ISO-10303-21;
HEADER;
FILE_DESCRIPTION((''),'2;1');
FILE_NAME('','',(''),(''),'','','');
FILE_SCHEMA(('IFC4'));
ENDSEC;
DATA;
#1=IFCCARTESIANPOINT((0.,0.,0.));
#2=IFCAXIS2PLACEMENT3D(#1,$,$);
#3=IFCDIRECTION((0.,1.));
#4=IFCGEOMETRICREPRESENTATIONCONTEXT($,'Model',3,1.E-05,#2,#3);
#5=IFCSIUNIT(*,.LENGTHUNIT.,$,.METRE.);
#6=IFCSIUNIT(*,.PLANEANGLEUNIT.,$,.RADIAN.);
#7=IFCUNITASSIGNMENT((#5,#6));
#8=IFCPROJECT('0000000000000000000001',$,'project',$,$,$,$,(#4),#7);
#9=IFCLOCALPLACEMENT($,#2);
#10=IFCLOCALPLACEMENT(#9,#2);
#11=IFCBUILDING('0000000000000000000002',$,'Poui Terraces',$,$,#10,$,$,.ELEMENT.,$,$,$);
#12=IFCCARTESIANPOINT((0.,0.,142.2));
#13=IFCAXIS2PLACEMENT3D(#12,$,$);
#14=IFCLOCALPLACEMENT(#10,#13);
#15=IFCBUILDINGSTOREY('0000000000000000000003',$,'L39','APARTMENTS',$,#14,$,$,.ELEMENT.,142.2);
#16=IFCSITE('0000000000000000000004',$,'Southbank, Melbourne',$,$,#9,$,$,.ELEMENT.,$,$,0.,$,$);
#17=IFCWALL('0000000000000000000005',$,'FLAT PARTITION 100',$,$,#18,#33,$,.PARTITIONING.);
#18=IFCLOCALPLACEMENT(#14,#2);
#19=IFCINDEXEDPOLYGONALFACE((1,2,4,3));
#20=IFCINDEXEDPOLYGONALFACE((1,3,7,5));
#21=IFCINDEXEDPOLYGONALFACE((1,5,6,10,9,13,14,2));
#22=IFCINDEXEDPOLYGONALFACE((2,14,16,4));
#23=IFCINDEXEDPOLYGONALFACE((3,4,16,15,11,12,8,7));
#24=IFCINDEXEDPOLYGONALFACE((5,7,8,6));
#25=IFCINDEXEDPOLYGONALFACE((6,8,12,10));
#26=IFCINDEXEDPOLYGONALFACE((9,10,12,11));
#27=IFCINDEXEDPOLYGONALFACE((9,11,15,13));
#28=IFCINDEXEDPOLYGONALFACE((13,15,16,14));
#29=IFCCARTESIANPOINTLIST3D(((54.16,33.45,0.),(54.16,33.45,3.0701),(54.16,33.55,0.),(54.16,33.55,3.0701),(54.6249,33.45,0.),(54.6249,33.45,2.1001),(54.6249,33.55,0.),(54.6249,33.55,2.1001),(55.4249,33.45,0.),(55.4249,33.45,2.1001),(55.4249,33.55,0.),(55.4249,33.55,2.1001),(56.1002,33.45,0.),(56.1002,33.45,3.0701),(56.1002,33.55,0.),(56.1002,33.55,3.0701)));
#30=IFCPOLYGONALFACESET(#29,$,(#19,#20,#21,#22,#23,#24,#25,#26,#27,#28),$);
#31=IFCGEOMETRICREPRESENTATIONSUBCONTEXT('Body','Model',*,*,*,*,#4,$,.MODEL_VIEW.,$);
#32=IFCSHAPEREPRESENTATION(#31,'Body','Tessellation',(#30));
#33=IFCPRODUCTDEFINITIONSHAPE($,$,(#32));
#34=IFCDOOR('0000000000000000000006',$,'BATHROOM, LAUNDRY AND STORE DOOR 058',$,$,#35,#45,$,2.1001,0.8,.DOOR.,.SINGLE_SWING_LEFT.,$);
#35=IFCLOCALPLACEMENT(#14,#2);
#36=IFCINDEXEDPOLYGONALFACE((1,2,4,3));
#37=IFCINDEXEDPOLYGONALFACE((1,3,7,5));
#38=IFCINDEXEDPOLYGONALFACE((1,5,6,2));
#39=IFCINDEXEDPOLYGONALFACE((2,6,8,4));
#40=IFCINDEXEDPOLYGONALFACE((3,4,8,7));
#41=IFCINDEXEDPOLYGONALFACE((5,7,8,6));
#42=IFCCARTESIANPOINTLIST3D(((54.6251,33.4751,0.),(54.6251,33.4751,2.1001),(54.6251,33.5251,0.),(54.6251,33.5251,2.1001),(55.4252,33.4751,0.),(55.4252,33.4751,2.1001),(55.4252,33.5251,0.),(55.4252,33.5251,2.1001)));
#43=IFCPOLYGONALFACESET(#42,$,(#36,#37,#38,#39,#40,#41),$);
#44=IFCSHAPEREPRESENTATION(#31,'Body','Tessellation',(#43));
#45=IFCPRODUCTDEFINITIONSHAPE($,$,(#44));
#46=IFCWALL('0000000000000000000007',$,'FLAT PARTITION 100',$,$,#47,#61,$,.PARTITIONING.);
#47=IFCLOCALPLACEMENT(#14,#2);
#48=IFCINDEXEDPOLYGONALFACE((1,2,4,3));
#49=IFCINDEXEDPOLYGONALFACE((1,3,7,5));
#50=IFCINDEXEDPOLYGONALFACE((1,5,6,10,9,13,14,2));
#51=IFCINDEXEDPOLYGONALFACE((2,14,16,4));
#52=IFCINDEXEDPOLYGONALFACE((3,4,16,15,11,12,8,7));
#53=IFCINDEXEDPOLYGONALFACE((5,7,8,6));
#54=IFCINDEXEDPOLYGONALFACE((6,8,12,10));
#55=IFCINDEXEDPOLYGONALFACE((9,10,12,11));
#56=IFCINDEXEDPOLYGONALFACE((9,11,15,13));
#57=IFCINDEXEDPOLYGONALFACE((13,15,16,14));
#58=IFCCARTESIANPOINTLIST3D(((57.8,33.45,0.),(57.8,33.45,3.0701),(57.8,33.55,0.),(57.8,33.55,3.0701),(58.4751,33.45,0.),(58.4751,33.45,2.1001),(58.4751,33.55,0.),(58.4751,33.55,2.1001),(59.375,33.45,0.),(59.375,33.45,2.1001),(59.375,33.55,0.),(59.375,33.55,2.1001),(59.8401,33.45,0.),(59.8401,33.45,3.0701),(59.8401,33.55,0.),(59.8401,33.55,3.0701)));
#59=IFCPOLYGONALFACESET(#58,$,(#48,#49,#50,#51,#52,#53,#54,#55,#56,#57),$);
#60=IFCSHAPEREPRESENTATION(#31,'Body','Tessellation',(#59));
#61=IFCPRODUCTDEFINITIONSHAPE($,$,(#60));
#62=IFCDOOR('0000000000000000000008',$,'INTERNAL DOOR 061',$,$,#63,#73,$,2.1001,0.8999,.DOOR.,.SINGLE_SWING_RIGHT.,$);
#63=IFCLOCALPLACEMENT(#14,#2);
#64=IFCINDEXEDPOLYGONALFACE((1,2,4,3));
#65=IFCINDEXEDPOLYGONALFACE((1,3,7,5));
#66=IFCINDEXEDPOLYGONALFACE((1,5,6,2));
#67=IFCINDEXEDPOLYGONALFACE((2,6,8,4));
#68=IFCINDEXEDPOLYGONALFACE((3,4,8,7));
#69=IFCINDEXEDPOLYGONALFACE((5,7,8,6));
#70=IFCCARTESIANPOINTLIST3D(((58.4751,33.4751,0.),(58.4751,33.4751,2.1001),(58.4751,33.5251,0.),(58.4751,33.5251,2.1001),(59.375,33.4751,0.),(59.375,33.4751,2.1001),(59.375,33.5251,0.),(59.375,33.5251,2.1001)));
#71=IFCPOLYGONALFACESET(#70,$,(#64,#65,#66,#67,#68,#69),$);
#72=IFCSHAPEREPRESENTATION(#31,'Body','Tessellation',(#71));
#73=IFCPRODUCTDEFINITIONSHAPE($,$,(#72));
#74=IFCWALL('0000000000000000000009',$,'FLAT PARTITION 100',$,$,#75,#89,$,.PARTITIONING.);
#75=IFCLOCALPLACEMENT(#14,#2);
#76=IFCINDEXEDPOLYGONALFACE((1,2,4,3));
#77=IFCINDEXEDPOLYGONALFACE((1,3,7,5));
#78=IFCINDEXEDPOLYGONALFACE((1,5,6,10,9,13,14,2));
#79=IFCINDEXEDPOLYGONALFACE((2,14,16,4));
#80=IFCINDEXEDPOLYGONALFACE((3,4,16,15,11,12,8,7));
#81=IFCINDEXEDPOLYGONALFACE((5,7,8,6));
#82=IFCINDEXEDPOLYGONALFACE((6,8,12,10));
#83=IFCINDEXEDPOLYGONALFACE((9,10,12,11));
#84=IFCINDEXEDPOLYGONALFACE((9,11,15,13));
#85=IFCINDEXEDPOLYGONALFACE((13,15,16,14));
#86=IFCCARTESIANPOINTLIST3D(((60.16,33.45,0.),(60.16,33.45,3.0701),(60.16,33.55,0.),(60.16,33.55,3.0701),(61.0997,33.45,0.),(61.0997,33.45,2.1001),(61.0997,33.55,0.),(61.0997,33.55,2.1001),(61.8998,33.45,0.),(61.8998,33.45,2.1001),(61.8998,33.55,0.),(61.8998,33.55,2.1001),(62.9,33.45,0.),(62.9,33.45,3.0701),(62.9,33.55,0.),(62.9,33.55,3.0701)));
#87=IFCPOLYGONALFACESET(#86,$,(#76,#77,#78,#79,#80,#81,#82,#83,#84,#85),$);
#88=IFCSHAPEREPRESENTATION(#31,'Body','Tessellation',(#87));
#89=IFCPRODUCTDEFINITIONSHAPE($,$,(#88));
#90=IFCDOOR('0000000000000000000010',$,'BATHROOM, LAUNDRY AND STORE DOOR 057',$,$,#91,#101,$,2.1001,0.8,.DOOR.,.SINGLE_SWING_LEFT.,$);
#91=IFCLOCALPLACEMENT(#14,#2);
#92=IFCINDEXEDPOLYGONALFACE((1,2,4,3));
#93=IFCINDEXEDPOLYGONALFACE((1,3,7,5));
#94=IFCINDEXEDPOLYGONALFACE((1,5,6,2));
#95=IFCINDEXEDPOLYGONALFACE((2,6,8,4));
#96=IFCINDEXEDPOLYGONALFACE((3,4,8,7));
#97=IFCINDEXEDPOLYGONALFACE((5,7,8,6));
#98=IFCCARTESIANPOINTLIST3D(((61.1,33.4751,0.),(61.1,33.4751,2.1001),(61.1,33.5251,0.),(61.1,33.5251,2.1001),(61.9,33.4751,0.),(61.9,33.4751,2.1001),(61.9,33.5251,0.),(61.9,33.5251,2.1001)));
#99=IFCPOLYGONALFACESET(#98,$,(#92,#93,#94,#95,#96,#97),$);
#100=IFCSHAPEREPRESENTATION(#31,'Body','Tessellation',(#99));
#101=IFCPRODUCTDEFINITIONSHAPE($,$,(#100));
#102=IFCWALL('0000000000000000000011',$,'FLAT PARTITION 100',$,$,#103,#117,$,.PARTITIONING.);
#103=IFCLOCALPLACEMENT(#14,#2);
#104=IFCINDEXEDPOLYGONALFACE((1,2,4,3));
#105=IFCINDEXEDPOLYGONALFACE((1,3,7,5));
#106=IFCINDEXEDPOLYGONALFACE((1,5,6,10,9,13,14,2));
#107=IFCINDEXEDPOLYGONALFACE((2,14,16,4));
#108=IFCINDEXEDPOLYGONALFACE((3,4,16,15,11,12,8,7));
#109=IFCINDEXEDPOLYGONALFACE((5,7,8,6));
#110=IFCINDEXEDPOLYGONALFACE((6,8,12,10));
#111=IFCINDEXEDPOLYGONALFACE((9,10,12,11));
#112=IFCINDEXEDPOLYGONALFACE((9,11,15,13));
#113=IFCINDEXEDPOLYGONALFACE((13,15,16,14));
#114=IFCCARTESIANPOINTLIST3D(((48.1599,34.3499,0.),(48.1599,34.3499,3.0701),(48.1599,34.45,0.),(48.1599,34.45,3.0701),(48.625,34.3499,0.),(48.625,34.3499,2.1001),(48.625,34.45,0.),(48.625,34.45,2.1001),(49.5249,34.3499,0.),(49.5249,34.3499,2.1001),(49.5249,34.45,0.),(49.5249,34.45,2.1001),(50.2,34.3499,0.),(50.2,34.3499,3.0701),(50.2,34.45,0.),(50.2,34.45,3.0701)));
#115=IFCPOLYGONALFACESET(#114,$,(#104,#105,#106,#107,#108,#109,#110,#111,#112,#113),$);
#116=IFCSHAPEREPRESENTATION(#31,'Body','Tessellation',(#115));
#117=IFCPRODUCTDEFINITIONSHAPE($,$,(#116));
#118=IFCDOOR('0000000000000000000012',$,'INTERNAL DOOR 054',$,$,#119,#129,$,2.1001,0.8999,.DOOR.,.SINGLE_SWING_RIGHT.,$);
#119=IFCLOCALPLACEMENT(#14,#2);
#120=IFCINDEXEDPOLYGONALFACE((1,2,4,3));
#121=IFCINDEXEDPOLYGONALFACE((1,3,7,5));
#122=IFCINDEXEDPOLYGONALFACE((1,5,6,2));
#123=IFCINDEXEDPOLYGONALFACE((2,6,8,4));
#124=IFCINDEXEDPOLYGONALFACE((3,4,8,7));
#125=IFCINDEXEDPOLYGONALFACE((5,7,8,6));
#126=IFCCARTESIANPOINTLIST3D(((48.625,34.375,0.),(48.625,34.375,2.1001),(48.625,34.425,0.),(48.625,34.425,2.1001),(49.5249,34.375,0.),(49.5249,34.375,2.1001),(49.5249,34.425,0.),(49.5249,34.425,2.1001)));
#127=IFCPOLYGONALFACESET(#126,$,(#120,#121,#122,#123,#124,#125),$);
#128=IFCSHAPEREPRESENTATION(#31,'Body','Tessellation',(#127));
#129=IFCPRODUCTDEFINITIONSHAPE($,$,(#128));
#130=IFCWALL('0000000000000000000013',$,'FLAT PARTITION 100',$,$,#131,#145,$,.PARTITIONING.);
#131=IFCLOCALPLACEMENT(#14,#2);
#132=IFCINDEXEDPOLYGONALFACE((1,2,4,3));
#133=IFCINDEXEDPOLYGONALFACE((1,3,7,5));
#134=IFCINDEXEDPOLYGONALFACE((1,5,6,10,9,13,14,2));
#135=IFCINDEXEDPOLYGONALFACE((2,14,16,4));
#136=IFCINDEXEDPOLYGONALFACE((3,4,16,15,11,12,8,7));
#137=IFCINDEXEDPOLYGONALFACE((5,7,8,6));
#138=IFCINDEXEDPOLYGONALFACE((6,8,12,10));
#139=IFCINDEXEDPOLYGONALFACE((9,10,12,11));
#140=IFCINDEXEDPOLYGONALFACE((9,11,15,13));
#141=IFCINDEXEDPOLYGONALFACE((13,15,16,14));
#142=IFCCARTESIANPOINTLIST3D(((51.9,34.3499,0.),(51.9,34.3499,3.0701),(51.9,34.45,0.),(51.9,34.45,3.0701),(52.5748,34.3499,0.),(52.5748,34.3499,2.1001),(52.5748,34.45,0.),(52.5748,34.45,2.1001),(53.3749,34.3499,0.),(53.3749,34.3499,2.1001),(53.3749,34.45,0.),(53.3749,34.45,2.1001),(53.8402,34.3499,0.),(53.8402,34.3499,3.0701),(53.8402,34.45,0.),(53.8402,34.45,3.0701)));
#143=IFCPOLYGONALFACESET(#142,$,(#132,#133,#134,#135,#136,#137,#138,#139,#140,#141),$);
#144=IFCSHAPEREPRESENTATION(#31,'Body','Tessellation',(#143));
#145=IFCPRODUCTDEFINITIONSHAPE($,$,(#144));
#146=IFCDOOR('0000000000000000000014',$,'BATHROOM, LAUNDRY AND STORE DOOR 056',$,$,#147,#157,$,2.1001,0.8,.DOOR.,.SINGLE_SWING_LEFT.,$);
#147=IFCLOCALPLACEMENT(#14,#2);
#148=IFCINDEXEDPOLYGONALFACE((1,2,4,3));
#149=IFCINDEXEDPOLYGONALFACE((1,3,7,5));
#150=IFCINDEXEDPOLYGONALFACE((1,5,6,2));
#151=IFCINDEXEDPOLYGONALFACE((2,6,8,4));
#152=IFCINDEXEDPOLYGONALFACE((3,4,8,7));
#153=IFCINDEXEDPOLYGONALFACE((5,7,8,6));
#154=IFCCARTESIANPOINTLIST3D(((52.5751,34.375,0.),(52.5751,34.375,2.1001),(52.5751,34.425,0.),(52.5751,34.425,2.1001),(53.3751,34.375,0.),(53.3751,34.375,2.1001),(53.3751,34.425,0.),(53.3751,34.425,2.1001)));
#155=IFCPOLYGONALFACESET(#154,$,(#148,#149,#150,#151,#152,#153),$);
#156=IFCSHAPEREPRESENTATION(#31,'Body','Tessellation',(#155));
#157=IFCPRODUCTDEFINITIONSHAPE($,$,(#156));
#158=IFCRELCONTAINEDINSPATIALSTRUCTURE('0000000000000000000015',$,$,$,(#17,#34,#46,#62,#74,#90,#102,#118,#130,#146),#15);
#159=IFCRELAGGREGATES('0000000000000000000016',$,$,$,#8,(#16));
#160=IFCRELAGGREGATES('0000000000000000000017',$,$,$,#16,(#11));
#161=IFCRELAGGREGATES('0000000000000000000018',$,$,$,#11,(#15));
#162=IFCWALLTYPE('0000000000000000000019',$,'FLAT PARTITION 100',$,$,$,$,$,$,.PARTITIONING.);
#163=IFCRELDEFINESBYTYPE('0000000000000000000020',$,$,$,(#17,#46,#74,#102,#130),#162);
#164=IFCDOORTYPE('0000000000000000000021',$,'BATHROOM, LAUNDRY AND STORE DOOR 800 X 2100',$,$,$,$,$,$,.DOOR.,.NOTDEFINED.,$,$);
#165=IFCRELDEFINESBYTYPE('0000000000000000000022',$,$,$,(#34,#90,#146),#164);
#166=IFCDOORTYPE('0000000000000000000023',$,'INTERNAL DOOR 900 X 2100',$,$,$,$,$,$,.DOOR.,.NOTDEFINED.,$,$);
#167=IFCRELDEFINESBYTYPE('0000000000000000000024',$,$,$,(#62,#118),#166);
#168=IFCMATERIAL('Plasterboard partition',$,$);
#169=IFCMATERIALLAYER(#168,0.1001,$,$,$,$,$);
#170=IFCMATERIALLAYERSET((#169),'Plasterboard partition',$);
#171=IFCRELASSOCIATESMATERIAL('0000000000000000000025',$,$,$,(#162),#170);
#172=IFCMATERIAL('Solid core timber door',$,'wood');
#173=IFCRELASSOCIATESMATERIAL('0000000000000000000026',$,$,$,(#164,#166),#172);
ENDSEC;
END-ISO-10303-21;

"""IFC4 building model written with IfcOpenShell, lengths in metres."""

from ifc_helpers import new_model, si_unit, direction, frame, frame_2d, origin, place, context, subcontext, project, spatial, rectangle, extrude, material, layer, layer_set, type_object, element, fill, save


model = new_model("IFC4")

# Units and contexts
model_context = context("Model", 3, precision=1e-05, world=origin(), true_north=direction((0.0, 1.0)))
body_context = subcontext(model_context, "Body", "Model", "MODEL_VIEW")
ifc_project = project(units=[si_unit("LENGTHUNIT", "METRE"), si_unit("PLANEANGLEUNIT", "RADIAN")], contexts=[model_context])

# Site, building, storey
site_placement = place(None, origin())
site = spatial("IfcSite", under=ifc_project, at=site_placement, Name="Southbank, Melbourne", CompositionType="ELEMENT", RefElevation=0.0)
building_placement = place(site_placement, origin())
building = spatial("IfcBuilding", under=site, at=building_placement, Name="Poui Terraces", CompositionType="ELEMENT")
storey_placement = place(building_placement, frame((0.0, 0.0, 142.2)))
storey = spatial("IfcBuildingStorey", under=building, at=storey_placement, Name="L39", Description="APARTMENTS", CompositionType="ELEMENT", Elevation=142.2)

# Walls, openings, doors
ifc_material_1 = material(Name="Plasterboard partition")
ifc_layer_1 = layer(ifc_material_1, 0.1001)
ifc_layer_set_1 = layer_set([ifc_layer_1], Name="Plasterboard partition")
wall_type_1 = type_object("IfcWallType", Name="FLAT PARTITION 100", PredefinedType="PARTITIONING", material=ifc_layer_set_1)
wall_1_placement = place(storey_placement, frame((54.1599, 33.5, 0.0), z_axis=(0.0, 0.0, 1.0), x_axis=(1.0, 0.0, 0.0)))
wall_1 = element("IfcWall", 1, at=wall_1_placement, inside=storey, type_object=wall_type_1, Name="FLAT PARTITION 100", PredefinedType="PARTITIONING", context=body_context, shape_type="SweptSolid", body=[
    extrude(rectangle(XDim=1.9402, YDim=0.1001, at=frame_2d((0.9702, 0.0))), origin(), (0.0, 0.0, 1.0), 3.0701),
])
opening_1_placement = place(wall_1_placement, frame((0.4651, 0.0, 0.0)))
opening_1 = element("IfcOpeningElement", 2, at=opening_1_placement, cuts=wall_1, PredefinedType="OPENING", context=body_context, shape_type="SweptSolid", body=[
    extrude(rectangle(XDim=0.8, YDim=2.1001, at=frame_2d((0.3999, 1.05))), frame((0.0, 0.0601, 0.0), z_axis=(0.0, -1.0, 0.0), x_axis=(1.0, 0.0, 0.0)), (0.0, 0.0, 1.0), 0.1201),
])
ifc_material_2 = material(Name="Solid core timber door", Category="wood")
door_type_1 = type_object("IfcDoorType", Name="BATHROOM, LAUNDRY AND STORE DOOR 800 X 2100", OperationType="NOTDEFINED", PredefinedType="DOOR", material=ifc_material_2)
door_1_placement = place(opening_1_placement, frame((0.8, 0.0, 0.0), z_axis=(0.0, 0.0, 1.0), x_axis=(-1.0, 0.0, 0.0)))
door_1 = element("IfcDoor", 3, at=door_1_placement, inside=storey, type_object=door_type_1, Name="BATHROOM, LAUNDRY AND STORE DOOR 058", OperationType="SINGLE_SWING_LEFT", OverallHeight=2.1001, OverallWidth=0.8, PredefinedType="DOOR", context=body_context, shape_type="SweptSolid", body=[
    extrude(rectangle(XDim=0.8, YDim=2.1001, at=frame_2d((0.3999, 1.05))), frame((0.0, 0.0249, 0.0), z_axis=(0.0, -1.0, 0.0), x_axis=(1.0, 0.0, 0.0)), (0.0, 0.0, 1.0), 0.05),
])
fill(opening_1, door_1)
wall_2_placement = place(storey_placement, frame((57.8, 33.5, 0.0), z_axis=(0.0, 0.0, 1.0), x_axis=(1.0, 0.0, 0.0)))
wall_2 = element("IfcWall", 4, at=wall_2_placement, inside=storey, type_object=wall_type_1, Name="FLAT PARTITION 100", PredefinedType="PARTITIONING", context=body_context, shape_type="SweptSolid", body=[
    extrude(rectangle(XDim=2.04, YDim=0.1001, at=frame_2d((1.02, 0.0))), origin(), (0.0, 0.0, 1.0), 3.0701),
])
opening_2_placement = place(wall_2_placement, frame((0.675, 0.0, 0.0)))
opening_2 = element("IfcOpeningElement", 5, at=opening_2_placement, cuts=wall_2, PredefinedType="OPENING", context=body_context, shape_type="SweptSolid", body=[
    extrude(rectangle(XDim=0.8999, YDim=2.1001, at=frame_2d((0.45, 1.05))), frame((0.0, 0.0601, 0.0), z_axis=(0.0, -1.0, 0.0), x_axis=(1.0, 0.0, 0.0)), (0.0, 0.0, 1.0), 0.1201),
])
door_type_2 = type_object("IfcDoorType", Name="INTERNAL DOOR 900 X 2100", OperationType="NOTDEFINED", PredefinedType="DOOR", material=ifc_material_2)
door_2_placement = place(opening_2_placement, frame((0.8999, 0.0, 0.0), z_axis=(0.0, 0.0, 1.0), x_axis=(-1.0, 0.0, 0.0)))
door_2 = element("IfcDoor", 6, at=door_2_placement, inside=storey, type_object=door_type_2, Name="INTERNAL DOOR 061", OperationType="SINGLE_SWING_RIGHT", OverallHeight=2.1001, OverallWidth=0.8999, PredefinedType="DOOR", context=body_context, shape_type="SweptSolid", body=[
    extrude(rectangle(XDim=0.8999, YDim=2.1001, at=frame_2d((0.45, 1.05))), frame((0.0, 0.0249, 0.0), z_axis=(0.0, -1.0, 0.0), x_axis=(1.0, 0.0, 0.0)), (0.0, 0.0, 1.0), 0.05),
])
fill(opening_2, door_2)
wall_3_placement = place(storey_placement, frame((60.1599, 33.5, 0.0), z_axis=(0.0, 0.0, 1.0), x_axis=(1.0, 0.0, 0.0)))
wall_3 = element("IfcWall", 7, at=wall_3_placement, inside=storey, type_object=wall_type_1, Name="FLAT PARTITION 100", PredefinedType="PARTITIONING", context=body_context, shape_type="SweptSolid", body=[
    extrude(rectangle(XDim=2.74, YDim=0.1001, at=frame_2d((1.3701, 0.0))), origin(), (0.0, 0.0, 1.0), 3.0701),
])
opening_3_placement = place(wall_3_placement, frame((0.9399, 0.0, 0.0)))
opening_3 = element("IfcOpeningElement", 8, at=opening_3_placement, cuts=wall_3, PredefinedType="OPENING", context=body_context, shape_type="SweptSolid", body=[
    extrude(rectangle(XDim=0.8, YDim=2.1001, at=frame_2d((0.3999, 1.05))), frame((0.0, 0.0601, 0.0), z_axis=(0.0, -1.0, 0.0), x_axis=(1.0, 0.0, 0.0)), (0.0, 0.0, 1.0), 0.1201),
])
door_3_placement = place(opening_3_placement, frame((0.8, 0.0, 0.0), z_axis=(0.0, 0.0, 1.0), x_axis=(-1.0, 0.0, 0.0)))
door_3 = element("IfcDoor", 9, at=door_3_placement, inside=storey, type_object=door_type_1, Name="BATHROOM, LAUNDRY AND STORE DOOR 057", OperationType="SINGLE_SWING_LEFT", OverallHeight=2.1001, OverallWidth=0.8, PredefinedType="DOOR", context=body_context, shape_type="SweptSolid", body=[
    extrude(rectangle(XDim=0.8, YDim=2.1001, at=frame_2d((0.3999, 1.05))), frame((0.0, 0.0249, 0.0), z_axis=(0.0, -1.0, 0.0), x_axis=(1.0, 0.0, 0.0)), (0.0, 0.0, 1.0), 0.05),
])
fill(opening_3, door_3)
wall_4_placement = place(storey_placement, frame((48.1599, 34.3999, 0.0), z_axis=(0.0, 0.0, 1.0), x_axis=(1.0, 0.0, 0.0)))
wall_4 = element("IfcWall", 10, at=wall_4_placement, inside=storey, type_object=wall_type_1, Name="FLAT PARTITION 100", PredefinedType="PARTITIONING", context=body_context, shape_type="SweptSolid", body=[
    extrude(rectangle(XDim=2.04, YDim=0.1001, at=frame_2d((1.02, 0.0))), origin(), (0.0, 0.0, 1.0), 3.0701),
])
opening_4_placement = place(wall_4_placement, frame((0.4651, 0.0, 0.0)))
opening_4 = element("IfcOpeningElement", 11, at=opening_4_placement, cuts=wall_4, PredefinedType="OPENING", context=body_context, shape_type="SweptSolid", body=[
    extrude(rectangle(XDim=0.8999, YDim=2.1001, at=frame_2d((0.45, 1.05))), frame((0.0, 0.0601, 0.0), z_axis=(0.0, -1.0, 0.0), x_axis=(1.0, 0.0, 0.0)), (0.0, 0.0, 1.0), 0.1201),
])
door_4_placement = place(opening_4_placement, frame((0.8999, 0.0, 0.0), z_axis=(0.0, 0.0, 1.0), x_axis=(-1.0, 0.0, 0.0)))
door_4 = element("IfcDoor", 12, at=door_4_placement, inside=storey, type_object=door_type_2, Name="INTERNAL DOOR 054", OperationType="SINGLE_SWING_RIGHT", OverallHeight=2.1001, OverallWidth=0.8999, PredefinedType="DOOR", context=body_context, shape_type="SweptSolid", body=[
    extrude(rectangle(XDim=0.8999, YDim=2.1001, at=frame_2d((0.45, 1.05))), frame((0.0, 0.0249, 0.0), z_axis=(0.0, -1.0, 0.0), x_axis=(1.0, 0.0, 0.0)), (0.0, 0.0, 1.0), 0.05),
])
fill(opening_4, door_4)
wall_5_placement = place(storey_placement, frame((51.8999, 34.3999, 0.0), z_axis=(0.0, 0.0, 1.0), x_axis=(1.0, 0.0, 0.0)))
wall_5 = element("IfcWall", 13, at=wall_5_placement, inside=storey, type_object=wall_type_1, Name="FLAT PARTITION 100", PredefinedType="PARTITIONING", context=body_context, shape_type="SweptSolid", body=[
    extrude(rectangle(XDim=1.9402, YDim=0.1001, at=frame_2d((0.9702, 0.0))), origin(), (0.0, 0.0, 1.0), 3.0701),
])
opening_5_placement = place(wall_5_placement, frame((0.675, 0.0, 0.0)))
opening_5 = element("IfcOpeningElement", 14, at=opening_5_placement, cuts=wall_5, PredefinedType="OPENING", context=body_context, shape_type="SweptSolid", body=[
    extrude(rectangle(XDim=0.8, YDim=2.1001, at=frame_2d((0.3999, 1.05))), frame((0.0, 0.0601, 0.0), z_axis=(0.0, -1.0, 0.0), x_axis=(1.0, 0.0, 0.0)), (0.0, 0.0, 1.0), 0.1201),
])
door_5_placement = place(opening_5_placement, frame((0.8, 0.0, 0.0), z_axis=(0.0, 0.0, 1.0), x_axis=(-1.0, 0.0, 0.0)))
door_5 = element("IfcDoor", 15, at=door_5_placement, inside=storey, type_object=door_type_1, Name="BATHROOM, LAUNDRY AND STORE DOOR 056", OperationType="SINGLE_SWING_LEFT", OverallHeight=2.1001, OverallWidth=0.8, PredefinedType="DOOR", context=body_context, shape_type="SweptSolid", body=[
    extrude(rectangle(XDim=0.8, YDim=2.1001, at=frame_2d((0.3999, 1.05))), frame((0.0, 0.0249, 0.0), z_axis=(0.0, -1.0, 0.0), x_axis=(1.0, 0.0, 0.0)), (0.0, 0.0, 1.0), 0.05),
])
fill(opening_5, door_5)

save(model, "model.ifc")
